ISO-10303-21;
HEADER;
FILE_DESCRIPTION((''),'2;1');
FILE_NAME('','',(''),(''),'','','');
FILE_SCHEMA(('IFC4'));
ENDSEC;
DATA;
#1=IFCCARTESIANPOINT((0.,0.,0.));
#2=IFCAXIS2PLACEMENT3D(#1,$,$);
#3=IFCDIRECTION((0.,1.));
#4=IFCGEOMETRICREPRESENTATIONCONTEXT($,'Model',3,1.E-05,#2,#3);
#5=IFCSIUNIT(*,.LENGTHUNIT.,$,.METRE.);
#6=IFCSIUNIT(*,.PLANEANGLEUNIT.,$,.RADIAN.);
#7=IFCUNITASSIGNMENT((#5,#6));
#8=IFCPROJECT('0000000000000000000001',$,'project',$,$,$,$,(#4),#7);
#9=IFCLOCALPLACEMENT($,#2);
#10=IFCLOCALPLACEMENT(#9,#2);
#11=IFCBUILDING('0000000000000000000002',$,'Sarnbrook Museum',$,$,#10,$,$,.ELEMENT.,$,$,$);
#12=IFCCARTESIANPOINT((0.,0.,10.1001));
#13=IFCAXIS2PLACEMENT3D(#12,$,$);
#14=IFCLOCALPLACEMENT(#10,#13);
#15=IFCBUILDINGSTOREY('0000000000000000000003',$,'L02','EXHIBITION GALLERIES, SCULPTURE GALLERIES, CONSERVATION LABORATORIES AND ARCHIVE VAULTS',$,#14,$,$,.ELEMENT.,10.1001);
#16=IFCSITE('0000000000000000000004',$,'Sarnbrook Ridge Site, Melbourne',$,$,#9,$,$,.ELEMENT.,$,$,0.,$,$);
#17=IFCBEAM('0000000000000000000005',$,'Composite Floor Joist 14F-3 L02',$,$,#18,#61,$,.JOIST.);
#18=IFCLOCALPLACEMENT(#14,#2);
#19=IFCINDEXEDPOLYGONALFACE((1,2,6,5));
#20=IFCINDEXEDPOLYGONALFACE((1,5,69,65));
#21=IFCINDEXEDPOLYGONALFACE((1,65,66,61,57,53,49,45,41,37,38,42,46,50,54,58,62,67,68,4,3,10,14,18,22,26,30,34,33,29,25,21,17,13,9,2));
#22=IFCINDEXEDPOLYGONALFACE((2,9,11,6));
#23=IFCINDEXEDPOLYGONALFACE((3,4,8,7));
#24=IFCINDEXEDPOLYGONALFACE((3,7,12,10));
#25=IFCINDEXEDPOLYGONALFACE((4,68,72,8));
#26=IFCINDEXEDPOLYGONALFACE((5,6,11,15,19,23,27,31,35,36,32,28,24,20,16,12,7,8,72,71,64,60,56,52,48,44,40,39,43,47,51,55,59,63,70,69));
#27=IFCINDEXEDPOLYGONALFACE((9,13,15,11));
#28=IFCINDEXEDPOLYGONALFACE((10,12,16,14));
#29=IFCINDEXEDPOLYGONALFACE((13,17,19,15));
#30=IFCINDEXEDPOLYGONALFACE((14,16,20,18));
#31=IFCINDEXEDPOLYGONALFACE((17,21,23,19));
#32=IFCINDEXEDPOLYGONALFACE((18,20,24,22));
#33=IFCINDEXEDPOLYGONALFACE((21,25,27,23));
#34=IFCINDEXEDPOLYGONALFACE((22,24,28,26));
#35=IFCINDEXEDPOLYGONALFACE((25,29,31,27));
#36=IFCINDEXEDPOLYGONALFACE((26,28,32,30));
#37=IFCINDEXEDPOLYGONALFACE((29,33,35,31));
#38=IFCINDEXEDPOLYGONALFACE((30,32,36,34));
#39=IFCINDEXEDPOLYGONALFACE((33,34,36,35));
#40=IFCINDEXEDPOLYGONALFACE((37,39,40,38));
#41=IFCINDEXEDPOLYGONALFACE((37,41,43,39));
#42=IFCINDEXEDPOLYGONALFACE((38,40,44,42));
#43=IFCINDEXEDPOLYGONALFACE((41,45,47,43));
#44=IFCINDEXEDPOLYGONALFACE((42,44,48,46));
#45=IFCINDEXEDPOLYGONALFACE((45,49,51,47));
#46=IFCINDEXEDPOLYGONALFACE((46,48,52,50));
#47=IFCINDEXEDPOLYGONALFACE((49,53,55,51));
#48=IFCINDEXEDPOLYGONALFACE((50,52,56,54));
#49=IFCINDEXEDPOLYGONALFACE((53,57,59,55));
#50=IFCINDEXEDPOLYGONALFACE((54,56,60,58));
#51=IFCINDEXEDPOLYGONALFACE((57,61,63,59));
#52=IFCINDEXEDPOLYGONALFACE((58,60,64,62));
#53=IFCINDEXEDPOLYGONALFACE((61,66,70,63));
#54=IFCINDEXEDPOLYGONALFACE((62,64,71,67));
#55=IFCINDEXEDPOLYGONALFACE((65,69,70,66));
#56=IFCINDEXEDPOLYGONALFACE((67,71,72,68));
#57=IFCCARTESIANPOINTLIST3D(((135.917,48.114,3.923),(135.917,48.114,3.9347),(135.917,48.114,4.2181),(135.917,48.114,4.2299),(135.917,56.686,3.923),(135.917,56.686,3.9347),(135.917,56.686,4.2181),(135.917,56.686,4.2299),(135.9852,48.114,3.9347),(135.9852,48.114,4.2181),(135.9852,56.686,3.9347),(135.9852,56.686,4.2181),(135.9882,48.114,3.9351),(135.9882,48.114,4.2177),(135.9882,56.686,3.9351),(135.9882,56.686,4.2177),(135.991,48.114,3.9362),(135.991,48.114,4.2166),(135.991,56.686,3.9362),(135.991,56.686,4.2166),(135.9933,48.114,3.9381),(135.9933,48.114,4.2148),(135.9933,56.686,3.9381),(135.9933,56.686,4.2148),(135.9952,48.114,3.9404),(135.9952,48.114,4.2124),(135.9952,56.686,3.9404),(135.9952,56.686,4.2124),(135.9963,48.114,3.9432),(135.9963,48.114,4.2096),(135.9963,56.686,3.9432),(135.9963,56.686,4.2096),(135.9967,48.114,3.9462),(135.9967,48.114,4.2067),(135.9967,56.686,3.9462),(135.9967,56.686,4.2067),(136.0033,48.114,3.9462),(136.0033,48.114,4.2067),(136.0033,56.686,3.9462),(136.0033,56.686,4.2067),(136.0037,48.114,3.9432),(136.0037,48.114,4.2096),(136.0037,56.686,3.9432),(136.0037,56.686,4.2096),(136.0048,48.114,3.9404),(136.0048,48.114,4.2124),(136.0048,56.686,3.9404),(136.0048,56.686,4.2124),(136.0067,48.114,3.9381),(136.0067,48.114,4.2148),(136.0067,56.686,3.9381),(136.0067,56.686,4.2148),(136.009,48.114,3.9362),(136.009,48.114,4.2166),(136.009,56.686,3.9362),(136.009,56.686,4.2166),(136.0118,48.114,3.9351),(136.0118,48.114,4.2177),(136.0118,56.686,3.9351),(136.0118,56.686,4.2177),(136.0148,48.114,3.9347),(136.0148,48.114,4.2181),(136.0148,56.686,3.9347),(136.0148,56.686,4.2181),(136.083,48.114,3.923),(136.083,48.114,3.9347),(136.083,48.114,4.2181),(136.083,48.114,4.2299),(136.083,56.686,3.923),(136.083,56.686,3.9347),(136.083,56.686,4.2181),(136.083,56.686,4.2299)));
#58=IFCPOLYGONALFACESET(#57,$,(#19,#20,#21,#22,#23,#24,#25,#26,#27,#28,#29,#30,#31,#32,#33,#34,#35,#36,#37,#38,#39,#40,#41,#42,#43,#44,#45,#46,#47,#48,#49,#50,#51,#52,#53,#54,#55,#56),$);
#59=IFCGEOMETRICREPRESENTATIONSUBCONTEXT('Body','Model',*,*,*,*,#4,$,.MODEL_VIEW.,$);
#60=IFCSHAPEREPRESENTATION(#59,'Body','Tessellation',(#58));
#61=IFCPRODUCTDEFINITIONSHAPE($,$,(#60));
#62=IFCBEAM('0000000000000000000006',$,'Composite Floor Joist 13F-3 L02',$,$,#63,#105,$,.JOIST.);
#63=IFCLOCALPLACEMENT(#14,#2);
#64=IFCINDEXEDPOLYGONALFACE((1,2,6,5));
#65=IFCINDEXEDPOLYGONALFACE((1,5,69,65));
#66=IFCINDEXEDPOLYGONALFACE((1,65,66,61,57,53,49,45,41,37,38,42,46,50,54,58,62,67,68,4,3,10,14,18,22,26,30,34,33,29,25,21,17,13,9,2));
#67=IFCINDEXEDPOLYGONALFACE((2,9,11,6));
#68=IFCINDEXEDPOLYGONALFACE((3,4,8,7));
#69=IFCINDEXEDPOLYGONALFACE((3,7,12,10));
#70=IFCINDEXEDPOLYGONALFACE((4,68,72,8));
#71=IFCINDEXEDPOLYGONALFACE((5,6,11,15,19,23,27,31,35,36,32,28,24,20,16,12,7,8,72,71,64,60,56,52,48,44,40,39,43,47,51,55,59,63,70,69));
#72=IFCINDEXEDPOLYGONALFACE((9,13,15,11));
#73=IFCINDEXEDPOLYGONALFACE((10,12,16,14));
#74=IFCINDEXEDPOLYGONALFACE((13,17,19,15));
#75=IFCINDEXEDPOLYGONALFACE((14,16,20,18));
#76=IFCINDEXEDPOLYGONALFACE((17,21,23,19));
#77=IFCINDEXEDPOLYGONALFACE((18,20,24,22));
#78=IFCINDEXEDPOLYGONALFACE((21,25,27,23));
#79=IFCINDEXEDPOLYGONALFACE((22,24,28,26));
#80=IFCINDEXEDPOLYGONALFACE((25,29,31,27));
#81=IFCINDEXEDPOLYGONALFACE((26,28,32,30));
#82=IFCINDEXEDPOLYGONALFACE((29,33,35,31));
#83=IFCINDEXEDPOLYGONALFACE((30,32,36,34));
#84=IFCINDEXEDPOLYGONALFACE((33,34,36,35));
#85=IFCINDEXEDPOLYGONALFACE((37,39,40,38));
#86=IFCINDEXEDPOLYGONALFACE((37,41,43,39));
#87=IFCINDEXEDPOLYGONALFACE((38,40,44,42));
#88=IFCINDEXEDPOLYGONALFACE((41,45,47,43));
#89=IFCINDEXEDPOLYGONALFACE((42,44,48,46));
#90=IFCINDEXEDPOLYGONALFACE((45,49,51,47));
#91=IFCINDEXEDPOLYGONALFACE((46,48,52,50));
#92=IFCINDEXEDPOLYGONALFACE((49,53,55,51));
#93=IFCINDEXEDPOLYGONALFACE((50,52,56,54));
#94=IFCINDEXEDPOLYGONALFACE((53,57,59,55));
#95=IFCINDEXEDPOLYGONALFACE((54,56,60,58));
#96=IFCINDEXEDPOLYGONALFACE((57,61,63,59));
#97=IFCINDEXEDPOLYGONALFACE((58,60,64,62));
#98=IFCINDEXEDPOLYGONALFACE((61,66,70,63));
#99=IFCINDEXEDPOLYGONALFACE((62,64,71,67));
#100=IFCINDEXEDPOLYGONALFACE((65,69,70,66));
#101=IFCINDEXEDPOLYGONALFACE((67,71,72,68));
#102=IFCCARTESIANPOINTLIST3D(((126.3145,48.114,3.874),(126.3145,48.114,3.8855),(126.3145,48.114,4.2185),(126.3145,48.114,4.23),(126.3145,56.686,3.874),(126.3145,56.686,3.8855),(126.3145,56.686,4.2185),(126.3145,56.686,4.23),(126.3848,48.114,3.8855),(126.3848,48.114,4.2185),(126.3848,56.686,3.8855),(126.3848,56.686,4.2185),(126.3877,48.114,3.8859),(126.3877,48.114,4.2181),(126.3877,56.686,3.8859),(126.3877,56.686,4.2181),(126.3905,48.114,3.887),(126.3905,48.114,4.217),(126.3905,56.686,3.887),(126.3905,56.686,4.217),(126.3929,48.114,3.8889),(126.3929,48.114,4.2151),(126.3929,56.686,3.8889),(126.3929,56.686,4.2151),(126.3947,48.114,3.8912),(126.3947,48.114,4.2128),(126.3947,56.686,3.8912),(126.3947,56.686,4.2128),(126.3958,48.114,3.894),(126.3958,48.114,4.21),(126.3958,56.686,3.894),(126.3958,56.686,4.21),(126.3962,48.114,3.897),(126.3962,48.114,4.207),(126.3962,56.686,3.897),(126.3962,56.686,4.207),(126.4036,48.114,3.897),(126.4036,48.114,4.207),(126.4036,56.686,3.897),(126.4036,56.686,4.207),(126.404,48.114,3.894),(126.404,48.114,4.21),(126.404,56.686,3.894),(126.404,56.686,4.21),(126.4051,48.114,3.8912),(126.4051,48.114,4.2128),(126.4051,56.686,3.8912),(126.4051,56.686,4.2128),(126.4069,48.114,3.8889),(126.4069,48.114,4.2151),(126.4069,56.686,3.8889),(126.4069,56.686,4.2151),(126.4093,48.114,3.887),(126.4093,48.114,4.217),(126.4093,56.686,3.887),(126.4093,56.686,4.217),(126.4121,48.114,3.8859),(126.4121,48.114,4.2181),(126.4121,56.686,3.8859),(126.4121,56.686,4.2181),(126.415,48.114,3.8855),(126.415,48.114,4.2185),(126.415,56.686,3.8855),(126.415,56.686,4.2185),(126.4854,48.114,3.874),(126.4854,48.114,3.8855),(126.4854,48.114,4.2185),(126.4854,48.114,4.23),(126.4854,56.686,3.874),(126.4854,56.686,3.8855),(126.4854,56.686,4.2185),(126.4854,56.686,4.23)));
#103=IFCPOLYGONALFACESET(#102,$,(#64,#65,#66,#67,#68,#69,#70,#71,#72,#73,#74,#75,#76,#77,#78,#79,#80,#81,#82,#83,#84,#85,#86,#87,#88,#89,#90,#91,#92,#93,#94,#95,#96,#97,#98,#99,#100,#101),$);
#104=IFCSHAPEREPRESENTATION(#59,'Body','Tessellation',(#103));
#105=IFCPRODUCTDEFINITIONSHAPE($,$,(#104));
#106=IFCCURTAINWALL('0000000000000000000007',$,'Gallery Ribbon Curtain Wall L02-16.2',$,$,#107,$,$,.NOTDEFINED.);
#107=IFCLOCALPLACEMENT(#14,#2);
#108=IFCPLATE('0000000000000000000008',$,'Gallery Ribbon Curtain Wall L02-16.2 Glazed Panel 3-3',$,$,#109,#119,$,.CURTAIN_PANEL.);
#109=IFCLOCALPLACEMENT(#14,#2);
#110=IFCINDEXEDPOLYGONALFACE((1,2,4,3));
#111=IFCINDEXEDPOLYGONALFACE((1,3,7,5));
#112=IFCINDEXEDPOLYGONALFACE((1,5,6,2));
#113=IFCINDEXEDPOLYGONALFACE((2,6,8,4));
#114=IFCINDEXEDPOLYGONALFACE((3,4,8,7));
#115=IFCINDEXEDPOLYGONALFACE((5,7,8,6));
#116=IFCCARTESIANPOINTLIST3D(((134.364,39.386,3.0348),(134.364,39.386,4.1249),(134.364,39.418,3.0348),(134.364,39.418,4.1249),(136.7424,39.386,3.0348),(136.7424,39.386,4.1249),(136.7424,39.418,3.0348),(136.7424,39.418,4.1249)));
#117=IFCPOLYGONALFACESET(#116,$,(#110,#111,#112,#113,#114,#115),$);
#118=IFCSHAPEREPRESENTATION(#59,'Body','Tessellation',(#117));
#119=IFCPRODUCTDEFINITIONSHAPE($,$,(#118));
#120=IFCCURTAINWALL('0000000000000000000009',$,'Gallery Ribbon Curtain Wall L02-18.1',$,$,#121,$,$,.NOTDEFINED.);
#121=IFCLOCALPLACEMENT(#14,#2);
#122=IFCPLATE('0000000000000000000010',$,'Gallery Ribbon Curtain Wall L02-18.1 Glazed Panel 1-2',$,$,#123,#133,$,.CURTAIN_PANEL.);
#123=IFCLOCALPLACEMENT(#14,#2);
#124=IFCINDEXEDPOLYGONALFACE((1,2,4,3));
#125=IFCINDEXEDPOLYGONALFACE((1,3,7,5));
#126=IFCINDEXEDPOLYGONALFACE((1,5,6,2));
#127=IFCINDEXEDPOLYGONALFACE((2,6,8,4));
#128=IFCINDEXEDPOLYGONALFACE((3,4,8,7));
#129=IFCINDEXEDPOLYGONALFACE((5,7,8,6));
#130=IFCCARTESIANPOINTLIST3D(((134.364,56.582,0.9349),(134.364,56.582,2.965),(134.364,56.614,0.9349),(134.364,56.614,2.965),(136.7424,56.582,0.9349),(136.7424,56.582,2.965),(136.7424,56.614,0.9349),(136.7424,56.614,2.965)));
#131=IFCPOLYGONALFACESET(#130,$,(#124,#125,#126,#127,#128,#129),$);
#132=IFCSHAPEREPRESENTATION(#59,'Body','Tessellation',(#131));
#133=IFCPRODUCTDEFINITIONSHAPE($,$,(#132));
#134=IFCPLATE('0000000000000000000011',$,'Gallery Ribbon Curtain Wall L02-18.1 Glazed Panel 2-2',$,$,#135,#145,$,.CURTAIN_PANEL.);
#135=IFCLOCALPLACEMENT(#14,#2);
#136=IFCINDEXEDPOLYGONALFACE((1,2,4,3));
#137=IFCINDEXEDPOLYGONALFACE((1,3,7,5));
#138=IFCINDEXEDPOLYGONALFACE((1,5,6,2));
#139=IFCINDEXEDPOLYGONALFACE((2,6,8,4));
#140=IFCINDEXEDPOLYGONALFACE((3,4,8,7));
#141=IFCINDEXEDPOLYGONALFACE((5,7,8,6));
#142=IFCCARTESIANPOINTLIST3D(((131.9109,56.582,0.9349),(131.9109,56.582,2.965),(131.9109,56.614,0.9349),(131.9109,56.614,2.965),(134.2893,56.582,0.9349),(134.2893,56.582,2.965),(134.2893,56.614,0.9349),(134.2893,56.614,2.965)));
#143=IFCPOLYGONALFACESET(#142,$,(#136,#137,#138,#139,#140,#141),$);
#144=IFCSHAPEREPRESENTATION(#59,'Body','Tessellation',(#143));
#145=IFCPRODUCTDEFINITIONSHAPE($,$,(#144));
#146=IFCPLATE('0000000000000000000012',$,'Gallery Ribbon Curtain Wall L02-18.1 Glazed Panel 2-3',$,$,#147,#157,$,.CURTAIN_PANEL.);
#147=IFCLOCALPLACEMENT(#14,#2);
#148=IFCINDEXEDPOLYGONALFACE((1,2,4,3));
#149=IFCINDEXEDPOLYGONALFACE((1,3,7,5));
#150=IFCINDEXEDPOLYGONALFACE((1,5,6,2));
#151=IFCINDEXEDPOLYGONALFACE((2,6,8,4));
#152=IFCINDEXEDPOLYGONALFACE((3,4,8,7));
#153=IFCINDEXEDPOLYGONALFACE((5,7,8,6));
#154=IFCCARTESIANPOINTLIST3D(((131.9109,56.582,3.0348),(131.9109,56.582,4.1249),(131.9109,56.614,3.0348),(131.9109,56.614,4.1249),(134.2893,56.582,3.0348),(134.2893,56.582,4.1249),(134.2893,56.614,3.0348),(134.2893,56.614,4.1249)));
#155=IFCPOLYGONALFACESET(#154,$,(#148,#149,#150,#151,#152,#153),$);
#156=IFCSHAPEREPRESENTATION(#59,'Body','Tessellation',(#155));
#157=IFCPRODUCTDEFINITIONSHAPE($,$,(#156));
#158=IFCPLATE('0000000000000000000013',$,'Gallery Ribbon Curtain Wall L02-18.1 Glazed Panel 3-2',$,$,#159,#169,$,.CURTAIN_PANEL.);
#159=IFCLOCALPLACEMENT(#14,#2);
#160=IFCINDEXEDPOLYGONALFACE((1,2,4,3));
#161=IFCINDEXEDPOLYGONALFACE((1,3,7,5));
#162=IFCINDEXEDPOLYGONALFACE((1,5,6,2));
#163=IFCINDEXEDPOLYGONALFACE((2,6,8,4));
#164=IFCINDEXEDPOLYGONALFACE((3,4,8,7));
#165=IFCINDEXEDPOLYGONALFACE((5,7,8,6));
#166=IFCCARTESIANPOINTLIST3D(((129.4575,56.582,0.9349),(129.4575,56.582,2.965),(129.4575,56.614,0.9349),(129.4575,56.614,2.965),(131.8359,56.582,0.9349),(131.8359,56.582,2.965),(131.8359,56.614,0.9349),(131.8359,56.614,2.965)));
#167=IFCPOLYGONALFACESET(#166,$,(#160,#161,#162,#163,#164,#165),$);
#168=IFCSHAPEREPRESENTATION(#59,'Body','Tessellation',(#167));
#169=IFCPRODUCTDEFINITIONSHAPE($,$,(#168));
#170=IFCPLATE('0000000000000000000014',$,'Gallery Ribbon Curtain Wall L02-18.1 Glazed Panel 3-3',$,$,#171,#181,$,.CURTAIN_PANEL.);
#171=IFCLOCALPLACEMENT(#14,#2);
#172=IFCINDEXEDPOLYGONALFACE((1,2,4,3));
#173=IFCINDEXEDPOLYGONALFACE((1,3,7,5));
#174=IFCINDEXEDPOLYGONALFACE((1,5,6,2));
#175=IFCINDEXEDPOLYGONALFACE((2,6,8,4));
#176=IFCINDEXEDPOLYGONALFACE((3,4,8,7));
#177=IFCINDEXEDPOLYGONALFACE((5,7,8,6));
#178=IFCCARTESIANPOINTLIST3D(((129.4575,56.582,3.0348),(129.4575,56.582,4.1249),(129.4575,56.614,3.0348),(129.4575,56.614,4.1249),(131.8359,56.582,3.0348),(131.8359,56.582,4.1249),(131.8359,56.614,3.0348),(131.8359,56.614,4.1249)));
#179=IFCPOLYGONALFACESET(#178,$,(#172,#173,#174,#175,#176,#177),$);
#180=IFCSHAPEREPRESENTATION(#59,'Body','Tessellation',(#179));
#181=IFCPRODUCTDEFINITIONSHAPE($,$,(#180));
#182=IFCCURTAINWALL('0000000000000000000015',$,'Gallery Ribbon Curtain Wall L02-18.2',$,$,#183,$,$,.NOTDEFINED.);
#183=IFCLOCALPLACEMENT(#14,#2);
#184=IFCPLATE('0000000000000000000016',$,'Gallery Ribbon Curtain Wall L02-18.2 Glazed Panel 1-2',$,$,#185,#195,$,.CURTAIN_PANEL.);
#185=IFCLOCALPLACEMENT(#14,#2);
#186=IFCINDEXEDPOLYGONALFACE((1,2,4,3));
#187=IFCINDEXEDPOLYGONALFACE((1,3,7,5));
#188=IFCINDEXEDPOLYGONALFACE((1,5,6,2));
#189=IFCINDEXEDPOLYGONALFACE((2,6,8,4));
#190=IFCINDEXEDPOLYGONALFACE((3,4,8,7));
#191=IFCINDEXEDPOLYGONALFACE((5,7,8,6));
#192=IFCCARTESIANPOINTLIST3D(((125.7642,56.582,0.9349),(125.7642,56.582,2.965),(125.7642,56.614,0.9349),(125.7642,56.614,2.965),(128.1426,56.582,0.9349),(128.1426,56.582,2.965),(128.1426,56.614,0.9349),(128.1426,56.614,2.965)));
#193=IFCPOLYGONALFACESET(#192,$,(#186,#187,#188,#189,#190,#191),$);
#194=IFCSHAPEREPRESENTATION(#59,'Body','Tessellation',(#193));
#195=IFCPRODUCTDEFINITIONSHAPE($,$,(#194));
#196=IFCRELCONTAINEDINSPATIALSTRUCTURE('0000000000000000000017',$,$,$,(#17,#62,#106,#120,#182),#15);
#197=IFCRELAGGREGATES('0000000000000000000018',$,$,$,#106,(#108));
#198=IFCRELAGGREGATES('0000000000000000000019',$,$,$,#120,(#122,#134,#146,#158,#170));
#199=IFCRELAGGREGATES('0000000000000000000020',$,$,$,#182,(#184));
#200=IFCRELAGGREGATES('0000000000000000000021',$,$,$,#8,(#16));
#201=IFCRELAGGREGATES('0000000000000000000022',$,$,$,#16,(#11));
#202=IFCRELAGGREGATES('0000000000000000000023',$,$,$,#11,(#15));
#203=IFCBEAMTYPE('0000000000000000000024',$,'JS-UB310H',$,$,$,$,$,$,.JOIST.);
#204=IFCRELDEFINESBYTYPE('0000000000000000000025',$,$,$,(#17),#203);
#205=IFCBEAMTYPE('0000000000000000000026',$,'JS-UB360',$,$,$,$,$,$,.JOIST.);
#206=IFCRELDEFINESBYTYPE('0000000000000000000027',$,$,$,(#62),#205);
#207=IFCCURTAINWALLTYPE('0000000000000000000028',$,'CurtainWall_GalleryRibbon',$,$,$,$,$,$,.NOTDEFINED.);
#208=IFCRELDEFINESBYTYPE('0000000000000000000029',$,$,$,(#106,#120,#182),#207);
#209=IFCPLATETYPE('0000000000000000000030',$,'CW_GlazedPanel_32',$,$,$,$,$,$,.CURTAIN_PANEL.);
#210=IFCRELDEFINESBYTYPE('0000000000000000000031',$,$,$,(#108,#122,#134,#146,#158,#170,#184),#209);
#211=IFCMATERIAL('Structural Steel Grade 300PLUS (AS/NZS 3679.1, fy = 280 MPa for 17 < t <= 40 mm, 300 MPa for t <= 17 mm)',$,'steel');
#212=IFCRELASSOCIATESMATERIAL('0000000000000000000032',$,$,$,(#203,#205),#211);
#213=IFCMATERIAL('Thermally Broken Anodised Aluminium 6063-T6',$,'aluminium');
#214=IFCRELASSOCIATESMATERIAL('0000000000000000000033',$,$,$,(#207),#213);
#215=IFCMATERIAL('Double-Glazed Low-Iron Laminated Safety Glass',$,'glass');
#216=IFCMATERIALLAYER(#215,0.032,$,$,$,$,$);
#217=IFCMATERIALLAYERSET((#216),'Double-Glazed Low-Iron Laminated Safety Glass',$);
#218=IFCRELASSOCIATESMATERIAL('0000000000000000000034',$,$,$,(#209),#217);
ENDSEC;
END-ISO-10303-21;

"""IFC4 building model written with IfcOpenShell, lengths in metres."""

from ifc_helpers import new_model, si_unit, direction, frame, origin, origin_2d, place, context, subcontext, project, spatial, rectangle, i_section, extrude, material, layer, layer_set, material_profile, profile_set, type_object, element, aggregate, save


model = new_model("IFC4")

# Units and contexts
model_context = context("Model", 3, precision=1e-05, world=origin(), true_north=direction((0.0, 1.0)))
body_context = subcontext(model_context, "Body", "Model", "MODEL_VIEW")
ifc_project = project(units=[si_unit("LENGTHUNIT", "METRE"), si_unit("PLANEANGLEUNIT", "RADIAN")], contexts=[model_context])

# Site, building, storey
site_placement = place(None, origin())
site = spatial("IfcSite", under=ifc_project, at=site_placement, Name="Sarnbrook Ridge Site, Melbourne", CompositionType="ELEMENT", RefElevation=0.0)
building_placement = place(site_placement, origin())
building = spatial("IfcBuilding", under=site, at=building_placement, Name="Sarnbrook Museum", CompositionType="ELEMENT")
storey_placement = place(building_placement, frame((0.0, 0.0, 10.1001)))
storey = spatial("IfcBuildingStorey", under=building, at=storey_placement, Name="L02", Description="EXHIBITION GALLERIES, SCULPTURE GALLERIES, CONSERVATION LABORATORIES AND ARCHIVE VAULTS", CompositionType="ELEMENT", Elevation=10.1001)

# Shared definitions
ifc_material_1 = material(Name="Structural Steel Grade 300PLUS (AS/NZS 3679.1, fy = 280 MPa for 17 < t <= 40 mm, 300 MPa for t <= 17 mm)", Category="steel")

# Beams
ifc_material_profile_1 = material_profile(ifc_material_1, i_section(OverallWidth=0.166, OverallDepth=0.3069, WebThickness=0.0066, FlangeThickness=0.0117, FilletRadius=0.0115, at=origin_2d()), Name="310UB46.2")
ifc_profile_set_1 = profile_set([ifc_material_profile_1], Name="Structural Steel Grade 300PLUS (AS/NZS 3679.1, fy = 280 MPa for 17 < t <= 40 mm, 300 MPa for t <= 17 mm)")
beam_type_1 = type_object("IfcBeamType", Name="JS-UB310H", PredefinedType="JOIST", material=ifc_profile_set_1)
for number, where, z_axis, x_axis, name in (
    (1, (136.0, 48.114, 4.0764), (0.0, 1.0, 0.0), (-1.0, 0.0, 0.0), "Composite Floor Joist 14F-3 L02"),
):
    element("IfcBeam", number, at=place(storey_placement, frame(where, z_axis=z_axis, x_axis=x_axis)), inside=storey, type_object=beam_type_1, Name=name, PredefinedType="JOIST", context=body_context, shape_type="SweptSolid", body=[
        extrude(i_section(OverallWidth=0.166, OverallDepth=0.3069, WebThickness=0.0066, FlangeThickness=0.0117, FilletRadius=0.0115, at=origin_2d()), origin(), (0.0, 0.0, 1.0), 8.572),
    ])
ifc_material_profile_2 = material_profile(ifc_material_1, i_section(OverallWidth=0.1709, OverallDepth=0.356, WebThickness=0.0073, FlangeThickness=0.0115, FilletRadius=0.0115, at=origin_2d()), Name="360UB50.7")
ifc_profile_set_2 = profile_set([ifc_material_profile_2], Name="Structural Steel Grade 300PLUS (AS/NZS 3679.1, fy = 280 MPa for 17 < t <= 40 mm, 300 MPa for t <= 17 mm)")
beam_type_2 = type_object("IfcBeamType", Name="JS-UB360", PredefinedType="JOIST", material=ifc_profile_set_2)
beam_1_placement = place(storey_placement, frame((126.3999, 48.114, 4.052), z_axis=(0.0, 1.0, 0.0), x_axis=(-1.0, 0.0, 0.0)))
element("IfcBeam", 2, at=beam_1_placement, inside=storey, type_object=beam_type_2, Name="Composite Floor Joist 13F-3 L02", PredefinedType="JOIST", context=body_context, shape_type="SweptSolid", body=[
    extrude(i_section(OverallWidth=0.1709, OverallDepth=0.356, WebThickness=0.0073, FlangeThickness=0.0115, FilletRadius=0.0115, at=origin_2d()), origin(), (0.0, 0.0, 1.0), 8.572),
])

# Curtain wall, plate
ifc_material_2 = material(Name="Thermally Broken Anodised Aluminium 6063-T6", Category="aluminium")
curtain_wall_type = type_object("IfcCurtainWallType", Name="CurtainWall_GalleryRibbon", PredefinedType="NOTDEFINED", material=ifc_material_2)
curtain_wall_1_placement = place(storey_placement, origin())
curtain_wall_1 = element("IfcCurtainWall", 3, at=curtain_wall_1_placement, inside=storey, type_object=curtain_wall_type, Name="Gallery Ribbon Curtain Wall L02-16.2", PredefinedType="NOTDEFINED")
ifc_material_3 = material(Name="Double-Glazed Low-Iron Laminated Safety Glass", Category="glass")
ifc_layer_1 = layer(ifc_material_3, 0.032)
ifc_layer_set_1 = layer_set([ifc_layer_1], Name="Double-Glazed Low-Iron Laminated Safety Glass")
plate_type_1 = type_object("IfcPlateType", Name="CW_GlazedPanel_32", PredefinedType="CURTAIN_PANEL", material=ifc_layer_set_1)
plate_1_placement = place(storey_placement, frame((135.5532, 39.418, 3.5798), z_axis=(0.0, -1.0, 0.0), x_axis=(1.0, 0.0, 0.0)))
plate_1 = element("IfcPlate", 4, at=plate_1_placement, type_object=plate_type_1, Name="Gallery Ribbon Curtain Wall L02-16.2 Glazed Panel 3-3", PredefinedType="CURTAIN_PANEL", context=body_context, shape_type="SweptSolid", body=[
    extrude(rectangle(XDim=2.3784, YDim=1.0901, at=origin_2d()), origin(), (0.0, 0.0, 1.0), 0.032),
])

# Curtain walls, plates
curtain_wall_2_placement = place(storey_placement, origin())
curtain_wall_2 = element("IfcCurtainWall", 5, at=curtain_wall_2_placement, inside=storey, type_object=curtain_wall_type, Name="Gallery Ribbon Curtain Wall L02-18.1", PredefinedType="NOTDEFINED")
plate_2_placement = place(storey_placement, frame((135.5532, 56.582, 1.95), z_axis=(0.0, 1.0, 0.0), x_axis=(-1.0, 0.0, 0.0)))
plate_2 = element("IfcPlate", 6, at=plate_2_placement, type_object=plate_type_1, Name="Gallery Ribbon Curtain Wall L02-18.1 Glazed Panel 1-2", PredefinedType="CURTAIN_PANEL", context=body_context, shape_type="SweptSolid", body=[
    extrude(rectangle(XDim=2.3784, YDim=2.03, at=origin_2d()), origin(), (0.0, 0.0, 1.0), 0.032),
])
plate_3_placement = place(storey_placement, frame((133.1001, 56.582, 1.95), z_axis=(0.0, 1.0, 0.0), x_axis=(-1.0, 0.0, 0.0)))
plate_3 = element("IfcPlate", 7, at=plate_3_placement, type_object=plate_type_1, Name="Gallery Ribbon Curtain Wall L02-18.1 Glazed Panel 2-2", PredefinedType="CURTAIN_PANEL", context=body_context, shape_type="SweptSolid", body=[
    extrude(rectangle(XDim=2.3784, YDim=2.03, at=origin_2d()), origin(), (0.0, 0.0, 1.0), 0.032),
])
plate_4_placement = place(storey_placement, frame((133.1001, 56.582, 3.5798), z_axis=(0.0, 1.0, 0.0), x_axis=(-1.0, 0.0, 0.0)))
plate_4 = element("IfcPlate", 8, at=plate_4_placement, type_object=plate_type_1, Name="Gallery Ribbon Curtain Wall L02-18.1 Glazed Panel 2-3", PredefinedType="CURTAIN_PANEL", context=body_context, shape_type="SweptSolid", body=[
    extrude(rectangle(XDim=2.3784, YDim=1.0901, at=origin_2d()), origin(), (0.0, 0.0, 1.0), 0.032),
])
plate_5_placement = place(storey_placement, frame((130.6467, 56.582, 1.95), z_axis=(0.0, 1.0, 0.0), x_axis=(-1.0, 0.0, 0.0)))
plate_5 = element("IfcPlate", 9, at=plate_5_placement, type_object=plate_type_1, Name="Gallery Ribbon Curtain Wall L02-18.1 Glazed Panel 3-2", PredefinedType="CURTAIN_PANEL", context=body_context, shape_type="SweptSolid", body=[
    extrude(rectangle(XDim=2.3784, YDim=2.03, at=origin_2d()), origin(), (0.0, 0.0, 1.0), 0.032),
])
plate_6_placement = place(storey_placement, frame((130.6467, 56.582, 3.5798), z_axis=(0.0, 1.0, 0.0), x_axis=(-1.0, 0.0, 0.0)))
plate_6 = element("IfcPlate", 10, at=plate_6_placement, type_object=plate_type_1, Name="Gallery Ribbon Curtain Wall L02-18.1 Glazed Panel 3-3", PredefinedType="CURTAIN_PANEL", context=body_context, shape_type="SweptSolid", body=[
    extrude(rectangle(XDim=2.3784, YDim=1.0901, at=origin_2d()), origin(), (0.0, 0.0, 1.0), 0.032),
])
curtain_wall_3_placement = place(storey_placement, origin())
curtain_wall_3 = element("IfcCurtainWall", 11, at=curtain_wall_3_placement, inside=storey, type_object=curtain_wall_type, Name="Gallery Ribbon Curtain Wall L02-18.2", PredefinedType="NOTDEFINED")
plate_7_placement = place(storey_placement, frame((126.9534, 56.582, 1.95), z_axis=(0.0, 1.0, 0.0), x_axis=(-1.0, 0.0, 0.0)))
plate_7 = element("IfcPlate", 12, at=plate_7_placement, type_object=plate_type_1, Name="Gallery Ribbon Curtain Wall L02-18.2 Glazed Panel 1-2", PredefinedType="CURTAIN_PANEL", context=body_context, shape_type="SweptSolid", body=[
    extrude(rectangle(XDim=2.3784, YDim=2.03, at=origin_2d()), origin(), (0.0, 0.0, 1.0), 0.032),
])

aggregate(curtain_wall_1, [plate_1])
aggregate(curtain_wall_2, [plate_2, plate_3, plate_4, plate_5, plate_6])
aggregate(curtain_wall_3, [plate_7])

save(model, "model.ifc")
